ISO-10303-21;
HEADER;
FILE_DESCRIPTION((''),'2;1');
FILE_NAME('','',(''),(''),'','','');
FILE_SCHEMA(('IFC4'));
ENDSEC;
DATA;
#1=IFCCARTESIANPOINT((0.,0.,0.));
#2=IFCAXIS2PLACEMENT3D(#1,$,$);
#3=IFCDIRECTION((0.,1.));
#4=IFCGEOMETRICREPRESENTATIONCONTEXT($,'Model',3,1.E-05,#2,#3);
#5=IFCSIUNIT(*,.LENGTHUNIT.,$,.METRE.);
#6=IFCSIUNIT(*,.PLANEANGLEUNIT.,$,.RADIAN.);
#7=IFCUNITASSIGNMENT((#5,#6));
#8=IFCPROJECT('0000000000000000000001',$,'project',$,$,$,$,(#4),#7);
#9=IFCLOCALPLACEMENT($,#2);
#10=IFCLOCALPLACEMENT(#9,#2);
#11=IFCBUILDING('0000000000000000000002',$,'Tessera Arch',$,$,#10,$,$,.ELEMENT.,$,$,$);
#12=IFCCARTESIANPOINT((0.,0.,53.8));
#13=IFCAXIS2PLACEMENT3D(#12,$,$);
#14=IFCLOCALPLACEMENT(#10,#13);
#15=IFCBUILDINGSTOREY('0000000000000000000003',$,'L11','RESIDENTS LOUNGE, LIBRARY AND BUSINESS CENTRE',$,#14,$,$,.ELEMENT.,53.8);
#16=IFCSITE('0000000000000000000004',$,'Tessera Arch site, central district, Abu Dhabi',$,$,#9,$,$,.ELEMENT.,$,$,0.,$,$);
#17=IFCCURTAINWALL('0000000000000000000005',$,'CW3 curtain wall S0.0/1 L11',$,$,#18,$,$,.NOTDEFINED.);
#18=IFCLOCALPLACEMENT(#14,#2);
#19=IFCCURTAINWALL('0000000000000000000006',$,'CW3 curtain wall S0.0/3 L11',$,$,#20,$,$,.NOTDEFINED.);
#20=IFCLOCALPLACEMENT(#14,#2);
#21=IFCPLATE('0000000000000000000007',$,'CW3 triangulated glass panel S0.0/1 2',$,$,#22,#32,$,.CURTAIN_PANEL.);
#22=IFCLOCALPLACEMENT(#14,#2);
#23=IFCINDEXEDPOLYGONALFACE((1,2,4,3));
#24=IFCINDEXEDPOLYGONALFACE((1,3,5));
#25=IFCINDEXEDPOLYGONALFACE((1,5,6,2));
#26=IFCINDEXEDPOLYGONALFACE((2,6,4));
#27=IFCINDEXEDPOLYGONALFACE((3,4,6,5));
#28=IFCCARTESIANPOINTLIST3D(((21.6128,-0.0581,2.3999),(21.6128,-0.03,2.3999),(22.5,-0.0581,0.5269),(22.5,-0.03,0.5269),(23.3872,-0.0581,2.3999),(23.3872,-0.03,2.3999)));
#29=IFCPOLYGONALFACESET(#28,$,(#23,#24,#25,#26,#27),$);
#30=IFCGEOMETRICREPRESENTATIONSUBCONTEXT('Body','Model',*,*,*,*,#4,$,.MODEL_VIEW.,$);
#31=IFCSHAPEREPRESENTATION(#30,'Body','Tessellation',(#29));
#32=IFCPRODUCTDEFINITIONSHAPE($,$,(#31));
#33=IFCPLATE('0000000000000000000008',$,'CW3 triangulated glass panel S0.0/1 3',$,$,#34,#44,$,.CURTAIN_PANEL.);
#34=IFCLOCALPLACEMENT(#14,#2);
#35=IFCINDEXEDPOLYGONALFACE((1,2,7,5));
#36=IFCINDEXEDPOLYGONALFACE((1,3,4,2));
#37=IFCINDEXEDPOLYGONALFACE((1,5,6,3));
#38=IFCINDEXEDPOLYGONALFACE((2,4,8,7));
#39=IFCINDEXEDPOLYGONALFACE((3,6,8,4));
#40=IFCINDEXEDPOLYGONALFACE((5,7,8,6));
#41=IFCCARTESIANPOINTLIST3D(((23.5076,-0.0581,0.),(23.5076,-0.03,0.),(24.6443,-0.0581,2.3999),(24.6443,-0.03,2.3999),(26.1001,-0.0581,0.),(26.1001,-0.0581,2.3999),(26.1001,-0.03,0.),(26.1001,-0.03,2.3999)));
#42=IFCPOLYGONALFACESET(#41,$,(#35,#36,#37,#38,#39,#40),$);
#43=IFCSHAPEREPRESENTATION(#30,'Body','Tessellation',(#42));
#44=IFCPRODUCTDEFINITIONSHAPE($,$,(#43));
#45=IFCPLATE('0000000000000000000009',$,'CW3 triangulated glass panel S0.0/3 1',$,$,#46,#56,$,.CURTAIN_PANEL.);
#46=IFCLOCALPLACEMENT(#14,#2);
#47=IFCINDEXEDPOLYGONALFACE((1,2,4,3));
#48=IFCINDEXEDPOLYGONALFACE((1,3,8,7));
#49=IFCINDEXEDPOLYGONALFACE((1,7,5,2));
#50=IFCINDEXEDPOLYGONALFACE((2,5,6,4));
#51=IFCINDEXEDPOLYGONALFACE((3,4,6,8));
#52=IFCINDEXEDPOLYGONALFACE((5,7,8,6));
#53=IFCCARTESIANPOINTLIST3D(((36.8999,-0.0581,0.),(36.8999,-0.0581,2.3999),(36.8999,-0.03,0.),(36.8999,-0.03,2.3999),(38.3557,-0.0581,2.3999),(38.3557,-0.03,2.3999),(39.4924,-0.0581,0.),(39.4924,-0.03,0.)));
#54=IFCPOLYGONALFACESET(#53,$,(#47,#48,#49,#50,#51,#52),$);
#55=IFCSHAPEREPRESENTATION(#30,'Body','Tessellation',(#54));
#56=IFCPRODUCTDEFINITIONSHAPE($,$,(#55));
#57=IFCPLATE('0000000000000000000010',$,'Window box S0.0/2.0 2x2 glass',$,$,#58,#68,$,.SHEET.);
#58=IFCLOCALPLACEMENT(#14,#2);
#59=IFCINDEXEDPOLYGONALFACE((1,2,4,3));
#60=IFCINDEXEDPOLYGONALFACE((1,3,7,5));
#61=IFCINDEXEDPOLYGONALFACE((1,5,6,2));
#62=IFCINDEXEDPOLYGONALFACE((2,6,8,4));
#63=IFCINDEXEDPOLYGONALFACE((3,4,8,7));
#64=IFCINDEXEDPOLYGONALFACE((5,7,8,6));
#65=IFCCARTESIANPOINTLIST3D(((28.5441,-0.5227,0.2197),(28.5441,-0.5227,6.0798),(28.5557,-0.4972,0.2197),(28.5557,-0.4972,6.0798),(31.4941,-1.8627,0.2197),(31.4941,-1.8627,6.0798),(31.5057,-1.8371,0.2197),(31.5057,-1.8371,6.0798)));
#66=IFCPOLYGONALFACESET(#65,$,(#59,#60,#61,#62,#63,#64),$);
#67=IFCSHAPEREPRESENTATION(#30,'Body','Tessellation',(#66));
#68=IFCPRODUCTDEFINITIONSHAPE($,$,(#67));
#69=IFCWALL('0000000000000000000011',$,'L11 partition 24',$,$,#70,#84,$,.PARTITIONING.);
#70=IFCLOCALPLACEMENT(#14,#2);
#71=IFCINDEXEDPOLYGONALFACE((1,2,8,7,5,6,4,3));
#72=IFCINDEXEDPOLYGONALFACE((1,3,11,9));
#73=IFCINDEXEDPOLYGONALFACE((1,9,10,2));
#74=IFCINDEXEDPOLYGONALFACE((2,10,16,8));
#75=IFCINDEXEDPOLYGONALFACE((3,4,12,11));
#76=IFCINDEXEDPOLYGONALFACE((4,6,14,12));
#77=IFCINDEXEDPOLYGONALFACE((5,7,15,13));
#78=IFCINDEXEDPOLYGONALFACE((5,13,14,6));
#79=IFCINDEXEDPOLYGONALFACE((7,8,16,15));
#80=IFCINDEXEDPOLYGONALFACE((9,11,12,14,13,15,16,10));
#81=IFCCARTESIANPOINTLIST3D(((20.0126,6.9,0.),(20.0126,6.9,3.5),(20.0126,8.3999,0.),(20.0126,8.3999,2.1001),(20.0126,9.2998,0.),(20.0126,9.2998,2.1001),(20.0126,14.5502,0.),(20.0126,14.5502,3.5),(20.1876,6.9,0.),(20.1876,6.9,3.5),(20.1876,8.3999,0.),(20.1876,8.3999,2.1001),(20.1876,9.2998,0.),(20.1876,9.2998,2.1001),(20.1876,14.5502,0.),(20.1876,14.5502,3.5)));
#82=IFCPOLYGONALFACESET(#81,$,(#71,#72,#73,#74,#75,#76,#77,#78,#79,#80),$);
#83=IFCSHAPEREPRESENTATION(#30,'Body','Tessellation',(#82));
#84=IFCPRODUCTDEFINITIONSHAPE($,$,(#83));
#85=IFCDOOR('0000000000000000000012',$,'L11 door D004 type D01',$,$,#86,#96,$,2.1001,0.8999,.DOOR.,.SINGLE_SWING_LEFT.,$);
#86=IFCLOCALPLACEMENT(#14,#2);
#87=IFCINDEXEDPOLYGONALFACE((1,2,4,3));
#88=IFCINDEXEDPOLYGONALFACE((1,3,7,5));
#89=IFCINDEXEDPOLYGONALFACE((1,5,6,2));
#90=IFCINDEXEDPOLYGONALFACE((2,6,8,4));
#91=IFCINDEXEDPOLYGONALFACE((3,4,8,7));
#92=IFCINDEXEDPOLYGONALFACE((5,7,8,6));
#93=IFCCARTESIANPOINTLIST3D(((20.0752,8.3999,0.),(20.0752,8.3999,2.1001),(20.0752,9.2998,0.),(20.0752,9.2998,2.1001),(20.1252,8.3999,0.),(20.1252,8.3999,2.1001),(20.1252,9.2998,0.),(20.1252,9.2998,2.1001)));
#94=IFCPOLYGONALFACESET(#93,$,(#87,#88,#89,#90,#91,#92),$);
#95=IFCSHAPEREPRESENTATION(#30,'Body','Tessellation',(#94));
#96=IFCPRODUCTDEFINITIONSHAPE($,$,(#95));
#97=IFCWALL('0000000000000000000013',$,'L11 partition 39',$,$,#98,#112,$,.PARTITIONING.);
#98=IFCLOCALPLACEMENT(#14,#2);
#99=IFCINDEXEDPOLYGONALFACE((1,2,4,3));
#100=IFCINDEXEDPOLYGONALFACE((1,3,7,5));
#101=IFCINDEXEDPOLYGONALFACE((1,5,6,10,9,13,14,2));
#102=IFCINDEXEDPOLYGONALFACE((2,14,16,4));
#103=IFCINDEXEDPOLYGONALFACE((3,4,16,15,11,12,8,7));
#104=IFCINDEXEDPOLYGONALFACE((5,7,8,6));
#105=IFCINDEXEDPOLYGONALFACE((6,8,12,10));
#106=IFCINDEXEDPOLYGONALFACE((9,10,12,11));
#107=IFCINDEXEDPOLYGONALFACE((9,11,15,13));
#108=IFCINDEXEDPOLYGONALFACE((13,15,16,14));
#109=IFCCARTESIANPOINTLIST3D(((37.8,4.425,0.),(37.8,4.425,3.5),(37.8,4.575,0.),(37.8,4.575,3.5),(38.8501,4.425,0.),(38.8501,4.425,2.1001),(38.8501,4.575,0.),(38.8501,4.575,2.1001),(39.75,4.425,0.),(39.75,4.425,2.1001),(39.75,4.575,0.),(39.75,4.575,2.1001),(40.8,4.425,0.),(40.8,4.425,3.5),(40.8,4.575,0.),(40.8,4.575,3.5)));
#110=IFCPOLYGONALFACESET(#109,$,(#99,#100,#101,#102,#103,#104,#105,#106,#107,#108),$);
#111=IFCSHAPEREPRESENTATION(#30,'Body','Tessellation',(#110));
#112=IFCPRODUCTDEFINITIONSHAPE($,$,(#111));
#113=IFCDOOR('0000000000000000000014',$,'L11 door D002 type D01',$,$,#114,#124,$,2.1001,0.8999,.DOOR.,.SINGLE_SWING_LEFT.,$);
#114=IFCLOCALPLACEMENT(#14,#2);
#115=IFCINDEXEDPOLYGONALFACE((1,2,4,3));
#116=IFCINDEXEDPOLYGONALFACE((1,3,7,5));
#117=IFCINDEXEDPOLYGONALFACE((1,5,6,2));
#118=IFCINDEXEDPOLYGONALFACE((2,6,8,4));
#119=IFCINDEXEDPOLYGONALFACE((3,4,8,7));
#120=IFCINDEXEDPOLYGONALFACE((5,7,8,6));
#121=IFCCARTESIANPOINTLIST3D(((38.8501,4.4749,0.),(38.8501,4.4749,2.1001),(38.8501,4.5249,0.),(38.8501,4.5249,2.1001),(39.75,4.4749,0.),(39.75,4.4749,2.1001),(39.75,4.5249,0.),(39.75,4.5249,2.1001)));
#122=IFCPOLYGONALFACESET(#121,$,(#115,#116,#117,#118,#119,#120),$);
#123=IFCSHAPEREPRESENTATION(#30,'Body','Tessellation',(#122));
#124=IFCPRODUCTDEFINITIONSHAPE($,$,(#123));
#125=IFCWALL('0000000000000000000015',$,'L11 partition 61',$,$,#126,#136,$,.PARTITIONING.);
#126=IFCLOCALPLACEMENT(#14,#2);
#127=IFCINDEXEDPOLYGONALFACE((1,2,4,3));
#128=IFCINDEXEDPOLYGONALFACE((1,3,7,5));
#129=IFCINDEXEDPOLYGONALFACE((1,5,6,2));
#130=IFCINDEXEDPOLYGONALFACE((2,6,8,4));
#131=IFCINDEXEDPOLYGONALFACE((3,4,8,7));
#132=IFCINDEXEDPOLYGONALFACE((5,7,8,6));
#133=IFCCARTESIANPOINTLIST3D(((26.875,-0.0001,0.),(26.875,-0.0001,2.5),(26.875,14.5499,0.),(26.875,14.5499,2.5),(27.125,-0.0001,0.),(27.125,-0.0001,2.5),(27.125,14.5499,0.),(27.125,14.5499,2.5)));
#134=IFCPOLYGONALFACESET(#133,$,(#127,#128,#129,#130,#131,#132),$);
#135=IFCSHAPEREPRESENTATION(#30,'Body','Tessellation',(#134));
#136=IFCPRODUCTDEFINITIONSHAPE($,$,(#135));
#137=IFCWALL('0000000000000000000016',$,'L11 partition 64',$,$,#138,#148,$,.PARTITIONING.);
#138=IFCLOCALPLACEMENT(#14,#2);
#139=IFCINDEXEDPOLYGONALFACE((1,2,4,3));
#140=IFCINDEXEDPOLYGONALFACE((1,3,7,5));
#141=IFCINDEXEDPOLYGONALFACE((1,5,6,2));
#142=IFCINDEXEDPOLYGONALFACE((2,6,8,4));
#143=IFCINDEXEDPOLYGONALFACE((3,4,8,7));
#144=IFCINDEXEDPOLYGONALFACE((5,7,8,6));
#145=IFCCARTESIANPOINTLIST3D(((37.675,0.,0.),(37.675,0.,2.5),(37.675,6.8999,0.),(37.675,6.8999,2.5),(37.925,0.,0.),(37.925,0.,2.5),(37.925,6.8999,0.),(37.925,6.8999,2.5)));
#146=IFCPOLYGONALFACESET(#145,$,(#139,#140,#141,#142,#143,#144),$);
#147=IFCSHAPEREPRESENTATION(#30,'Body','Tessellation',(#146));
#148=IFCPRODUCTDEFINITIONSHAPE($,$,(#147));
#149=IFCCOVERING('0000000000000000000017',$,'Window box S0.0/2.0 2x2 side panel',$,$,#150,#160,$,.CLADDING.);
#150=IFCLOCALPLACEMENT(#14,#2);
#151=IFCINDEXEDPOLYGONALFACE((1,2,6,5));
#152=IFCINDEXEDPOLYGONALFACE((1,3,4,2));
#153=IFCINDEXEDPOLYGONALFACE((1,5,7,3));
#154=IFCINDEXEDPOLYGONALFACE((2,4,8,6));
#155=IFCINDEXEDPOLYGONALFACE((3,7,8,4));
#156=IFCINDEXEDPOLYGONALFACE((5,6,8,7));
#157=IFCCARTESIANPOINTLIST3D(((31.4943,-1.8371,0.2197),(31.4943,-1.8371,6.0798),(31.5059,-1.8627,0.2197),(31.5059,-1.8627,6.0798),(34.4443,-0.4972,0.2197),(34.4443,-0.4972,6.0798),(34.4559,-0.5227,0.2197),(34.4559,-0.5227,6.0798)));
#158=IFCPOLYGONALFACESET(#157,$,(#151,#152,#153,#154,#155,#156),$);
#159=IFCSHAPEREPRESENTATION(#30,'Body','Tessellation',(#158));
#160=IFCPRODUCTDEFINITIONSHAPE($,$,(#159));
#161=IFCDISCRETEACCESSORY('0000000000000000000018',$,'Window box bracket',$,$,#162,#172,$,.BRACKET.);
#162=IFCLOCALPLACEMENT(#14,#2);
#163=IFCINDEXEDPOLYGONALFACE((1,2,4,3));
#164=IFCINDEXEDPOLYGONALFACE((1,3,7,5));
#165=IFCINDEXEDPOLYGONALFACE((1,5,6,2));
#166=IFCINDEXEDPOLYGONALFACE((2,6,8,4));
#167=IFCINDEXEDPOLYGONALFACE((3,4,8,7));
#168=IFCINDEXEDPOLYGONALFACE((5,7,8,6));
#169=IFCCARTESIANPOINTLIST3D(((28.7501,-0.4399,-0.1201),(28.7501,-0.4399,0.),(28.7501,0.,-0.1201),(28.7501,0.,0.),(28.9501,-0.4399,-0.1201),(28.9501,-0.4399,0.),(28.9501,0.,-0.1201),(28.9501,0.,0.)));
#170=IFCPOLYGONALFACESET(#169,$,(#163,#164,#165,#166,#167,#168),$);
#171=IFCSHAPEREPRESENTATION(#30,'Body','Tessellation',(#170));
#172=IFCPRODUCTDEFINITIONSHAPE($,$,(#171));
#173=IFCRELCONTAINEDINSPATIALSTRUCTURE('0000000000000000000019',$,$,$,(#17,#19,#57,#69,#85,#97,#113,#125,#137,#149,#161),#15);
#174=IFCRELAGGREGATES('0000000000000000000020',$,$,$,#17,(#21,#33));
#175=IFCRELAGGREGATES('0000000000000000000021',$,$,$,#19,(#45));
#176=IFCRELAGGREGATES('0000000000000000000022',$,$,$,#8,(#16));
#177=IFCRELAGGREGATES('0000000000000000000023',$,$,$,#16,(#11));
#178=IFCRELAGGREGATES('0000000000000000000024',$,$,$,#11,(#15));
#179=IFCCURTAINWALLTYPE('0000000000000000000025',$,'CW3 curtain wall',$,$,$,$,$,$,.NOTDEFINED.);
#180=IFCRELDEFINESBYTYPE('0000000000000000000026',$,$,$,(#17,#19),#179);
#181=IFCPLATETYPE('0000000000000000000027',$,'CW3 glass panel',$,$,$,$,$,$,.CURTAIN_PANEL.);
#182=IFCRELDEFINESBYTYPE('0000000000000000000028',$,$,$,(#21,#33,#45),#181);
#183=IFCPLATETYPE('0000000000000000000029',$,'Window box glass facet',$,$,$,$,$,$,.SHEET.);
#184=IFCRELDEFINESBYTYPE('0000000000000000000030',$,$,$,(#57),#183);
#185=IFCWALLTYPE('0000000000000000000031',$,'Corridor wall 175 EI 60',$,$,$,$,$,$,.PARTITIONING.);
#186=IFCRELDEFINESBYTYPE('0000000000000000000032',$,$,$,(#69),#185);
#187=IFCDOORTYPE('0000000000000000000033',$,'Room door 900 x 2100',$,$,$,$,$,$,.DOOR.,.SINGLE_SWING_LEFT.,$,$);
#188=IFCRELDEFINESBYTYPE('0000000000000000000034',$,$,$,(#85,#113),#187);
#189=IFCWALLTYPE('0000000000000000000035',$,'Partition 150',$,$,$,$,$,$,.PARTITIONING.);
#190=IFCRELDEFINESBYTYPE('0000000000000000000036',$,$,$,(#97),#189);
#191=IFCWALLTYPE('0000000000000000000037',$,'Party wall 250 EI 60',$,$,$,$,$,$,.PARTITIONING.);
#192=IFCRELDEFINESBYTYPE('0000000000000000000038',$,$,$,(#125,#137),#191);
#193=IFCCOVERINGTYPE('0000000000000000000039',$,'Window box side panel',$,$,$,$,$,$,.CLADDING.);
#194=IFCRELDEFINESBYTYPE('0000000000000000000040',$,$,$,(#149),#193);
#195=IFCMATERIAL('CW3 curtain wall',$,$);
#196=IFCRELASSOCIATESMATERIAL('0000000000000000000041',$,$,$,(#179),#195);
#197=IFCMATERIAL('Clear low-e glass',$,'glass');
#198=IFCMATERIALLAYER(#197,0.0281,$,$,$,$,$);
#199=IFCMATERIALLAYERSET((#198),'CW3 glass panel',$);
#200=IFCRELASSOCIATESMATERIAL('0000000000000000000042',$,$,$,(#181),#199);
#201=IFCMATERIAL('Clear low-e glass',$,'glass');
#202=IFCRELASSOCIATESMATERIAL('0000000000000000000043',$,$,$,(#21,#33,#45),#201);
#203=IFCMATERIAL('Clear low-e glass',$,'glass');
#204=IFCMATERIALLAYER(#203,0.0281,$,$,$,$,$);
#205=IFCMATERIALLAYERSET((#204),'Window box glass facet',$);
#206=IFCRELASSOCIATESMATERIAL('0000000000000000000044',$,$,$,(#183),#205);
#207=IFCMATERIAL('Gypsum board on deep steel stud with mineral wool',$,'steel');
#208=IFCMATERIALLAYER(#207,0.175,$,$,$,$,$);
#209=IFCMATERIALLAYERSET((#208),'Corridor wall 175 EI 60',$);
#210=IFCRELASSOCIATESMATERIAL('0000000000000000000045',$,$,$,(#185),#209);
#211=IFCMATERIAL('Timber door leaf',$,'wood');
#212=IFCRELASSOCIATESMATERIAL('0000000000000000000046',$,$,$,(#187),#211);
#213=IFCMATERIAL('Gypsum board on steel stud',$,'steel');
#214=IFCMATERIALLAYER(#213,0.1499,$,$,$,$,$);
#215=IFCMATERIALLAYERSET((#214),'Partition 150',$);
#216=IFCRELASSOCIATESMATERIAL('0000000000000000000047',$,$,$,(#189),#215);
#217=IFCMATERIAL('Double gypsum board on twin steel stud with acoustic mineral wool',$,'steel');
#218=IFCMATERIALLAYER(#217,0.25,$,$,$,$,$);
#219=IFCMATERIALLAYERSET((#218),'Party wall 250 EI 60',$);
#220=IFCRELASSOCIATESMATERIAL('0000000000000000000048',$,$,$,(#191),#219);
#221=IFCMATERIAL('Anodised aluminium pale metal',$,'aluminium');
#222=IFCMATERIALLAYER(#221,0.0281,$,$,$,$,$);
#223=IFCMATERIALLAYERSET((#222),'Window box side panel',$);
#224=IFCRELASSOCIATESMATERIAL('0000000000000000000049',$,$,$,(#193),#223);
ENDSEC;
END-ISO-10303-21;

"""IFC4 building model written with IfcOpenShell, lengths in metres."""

from ifc_helpers import new_model, si_unit, direction, frame, frame_2d, origin, origin_2d, place, context, subcontext, project, spatial, polyline, rectangle, outline, extrude, material, layer, layer_set, type_object, element, fill, aggregate, save


model = new_model("IFC4")

# Units and contexts
model_context = context("Model", 3, precision=1e-05, world=origin(), true_north=direction((0.0, 1.0)))
body_context = subcontext(model_context, "Body", "Model", "MODEL_VIEW")
ifc_project = project(units=[si_unit("LENGTHUNIT", "METRE"), si_unit("PLANEANGLEUNIT", "RADIAN")], contexts=[model_context])

# Site, building, storey
site_placement = place(None, origin())
site = spatial("IfcSite", under=ifc_project, at=site_placement, Name="Tessera Arch site, central district, Abu Dhabi", CompositionType="ELEMENT", RefElevation=0.0)
building_placement = place(site_placement, origin())
building = spatial("IfcBuilding", under=site, at=building_placement, Name="Tessera Arch", CompositionType="ELEMENT")
storey_placement = place(building_placement, frame((0.0, 0.0, 53.8)))
storey = spatial("IfcBuildingStorey", under=building, at=storey_placement, Name="L11", Description="RESIDENTS LOUNGE, LIBRARY AND BUSINESS CENTRE", CompositionType="ELEMENT", Elevation=53.8)

# Curtain walls
ifc_material_1 = material(Name="CW3 curtain wall")
curtain_wall_type_1 = type_object("IfcCurtainWallType", Name="CW3 curtain wall", PredefinedType="NOTDEFINED", material=ifc_material_1)
curtain_wall_1_placement = place(storey_placement, origin())
curtain_wall_1 = element("IfcCurtainWall", 1, at=curtain_wall_1_placement, inside=storey, type_object=curtain_wall_type_1, Name="CW3 curtain wall S0.0/1 L11", PredefinedType="NOTDEFINED")
curtain_wall_2_placement = place(storey_placement, origin())
curtain_wall_2 = element("IfcCurtainWall", 2, at=curtain_wall_2_placement, inside=storey, type_object=curtain_wall_type_1, Name="CW3 curtain wall S0.0/3 L11", PredefinedType="NOTDEFINED")

# Plates
ifc_material_2 = material(Name="Clear low-e glass", Category="glass")
ifc_material_3 = material(Name="Clear low-e glass", Category="glass")
ifc_layer_1 = layer(ifc_material_3, 0.0281)
ifc_layer_set_1 = layer_set([ifc_layer_1], Name="CW3 glass panel")
plate_type_1 = type_object("IfcPlateType", Name="CW3 glass panel", PredefinedType="CURTAIN_PANEL", material=ifc_layer_set_1)
plate_1_placement = place(storey_placement, frame((23.3872, -0.0581, 2.3999), z_axis=(0.0, -1.0, 0.0), x_axis=(-1.0, 0.0, 0.0)))
plate_1 = element("IfcPlate", 3, at=plate_1_placement, type_object=plate_type_1, material=ifc_material_2, Name="CW3 triangulated glass panel S0.0/1 2", PredefinedType="CURTAIN_PANEL", context=body_context, shape_type="SweptSolid", body=[
    extrude(outline(polyline([(0.0, 0.0), (1.7744, 0.0), (0.8872, 1.873), (0.0, 0.0)])), origin(), (0.0, 0.0, -1.0), 0.0281),
])
plate_2_placement = place(storey_placement, frame((26.1001, -0.0581, 2.3999), z_axis=(0.0, -1.0, 0.0), x_axis=(-1.0, 0.0, 0.0)))
plate_2 = element("IfcPlate", 4, at=plate_2_placement, type_object=plate_type_1, material=ifc_material_2, Name="CW3 triangulated glass panel S0.0/1 3", PredefinedType="CURTAIN_PANEL", context=body_context, shape_type="SweptSolid", body=[
    extrude(outline(polyline([(0.0, 0.0), (1.4558, 0.0), (2.5925, 2.3999), (0.0, 2.3999), (0.0, 0.0)])), origin(), (0.0, 0.0, -1.0), 0.0281),
])
aggregate(curtain_wall_1, [plate_1, plate_2])
plate_3_placement = place(storey_placement, frame((36.8999, -0.0581, 0.0), z_axis=(0.0, -1.0, 0.0), x_axis=(1.0, 0.0, 0.0)))
plate_3 = element("IfcPlate", 5, at=plate_3_placement, type_object=plate_type_1, material=ifc_material_2, Name="CW3 triangulated glass panel S0.0/3 1", PredefinedType="CURTAIN_PANEL", context=body_context, shape_type="SweptSolid", body=[
    extrude(outline(polyline([(0.0, 0.0), (2.5925, 0.0), (1.4558, 2.3999), (0.0, 2.3999), (0.0, 0.0)])), origin(), (0.0, 0.0, -1.0), 0.0281),
])
aggregate(curtain_wall_2, [plate_3])
ifc_material_4 = material(Name="Clear low-e glass", Category="glass")
ifc_layer_2 = layer(ifc_material_4, 0.0281)
ifc_layer_set_2 = layer_set([ifc_layer_2], Name="Window box glass facet")
plate_type_2 = type_object("IfcPlateType", Name="Window box glass facet", PredefinedType="SHEET", material=ifc_layer_set_2)
plate_4_placement = place(storey_placement, frame((30.0249, -1.1799, 0.2197), z_axis=(0.0, 0.0, 1.0), x_axis=(0.910472, -0.41357, 0.0)))
element("IfcPlate", 6, at=plate_4_placement, inside=storey, type_object=plate_type_2, Name="Window box S0.0/2.0 2x2 glass", PredefinedType="SHEET", context=body_context, shape_type="SweptSolid", body=[
    extrude(rectangle(XDim=3.24, YDim=0.0281, at=origin_2d()), origin(), (0.0, 0.0, 1.0), 5.8601),
])

# Walls, openings, doors
ifc_material_5 = material(Name="Gypsum board on deep steel stud with mineral wool", Category="steel")
ifc_layer_3 = layer(ifc_material_5, 0.175)
ifc_layer_set_3 = layer_set([ifc_layer_3], Name="Corridor wall 175 EI 60")
wall_type_1 = type_object("IfcWallType", Name="Corridor wall 175 EI 60", PredefinedType="PARTITIONING", material=ifc_layer_set_3)
wall_1_placement = place(storey_placement, frame((20.1001, 6.8999, 0.0), z_axis=(0.0, 0.0, 1.0), x_axis=(0.0, 1.0, 0.0)))
wall_1 = element("IfcWall", 7, at=wall_1_placement, inside=storey, type_object=wall_type_1, Name="L11 partition 24", PredefinedType="PARTITIONING", context=body_context, shape_type="SweptSolid", body=[
    extrude(rectangle(XDim=7.6501, YDim=0.175, at=frame_2d((3.8252, 0.0))), origin(), (0.0, 0.0, 1.0), 3.5),
])
opening_1_placement = place(wall_1_placement, frame((1.5, 0.0, 0.0)))
opening_1 = element("IfcOpeningElement", 8, at=opening_1_placement, cuts=wall_1, PredefinedType="OPENING", context=body_context, shape_type="SweptSolid", body=[
    extrude(rectangle(XDim=0.8999, YDim=2.1001, at=frame_2d((0.45, 1.05))), frame((0.0, 0.0974, 0.0), z_axis=(0.0, -1.0, 0.0), x_axis=(1.0, 0.0, 0.0)), (0.0, 0.0, 1.0), 0.1951),
])
ifc_material_6 = material(Name="Timber door leaf", Category="wood")
door_type = type_object("IfcDoorType", Name="Room door 900 x 2100", OperationType="SINGLE_SWING_LEFT", PredefinedType="DOOR", material=ifc_material_6)
door_1_placement = place(opening_1_placement, origin())
door_1 = element("IfcDoor", 9, at=door_1_placement, inside=storey, type_object=door_type, Name="L11 door D004 type D01", OperationType="SINGLE_SWING_LEFT", OverallHeight=2.1001, OverallWidth=0.8999, PredefinedType="DOOR", context=body_context, shape_type="SweptSolid", body=[
    extrude(rectangle(XDim=0.8999, YDim=2.1001, at=frame_2d((0.45, 1.05))), frame((0.0, 0.0249, 0.0), z_axis=(0.0, -1.0, 0.0), x_axis=(1.0, 0.0, 0.0)), (0.0, 0.0, 1.0), 0.05),
])
fill(opening_1, door_1)
ifc_material_7 = material(Name="Gypsum board on steel stud", Category="steel")
ifc_layer_4 = layer(ifc_material_7, 0.1499)
ifc_layer_set_4 = layer_set([ifc_layer_4], Name="Partition 150")
wall_type_2 = type_object("IfcWallType", Name="Partition 150", PredefinedType="PARTITIONING", material=ifc_layer_set_4)
wall_2_placement = place(storey_placement, frame((37.8, 4.5, 0.0), z_axis=(0.0, 0.0, 1.0), x_axis=(1.0, 0.0, 0.0)))
wall_2 = element("IfcWall", 10, at=wall_2_placement, inside=storey, type_object=wall_type_2, Name="L11 partition 39", PredefinedType="PARTITIONING", context=body_context, shape_type="SweptSolid", body=[
    extrude(rectangle(XDim=3.0, YDim=0.1499, at=frame_2d((1.5, 0.0))), origin(), (0.0, 0.0, 1.0), 3.5),
])
opening_2_placement = place(wall_2_placement, frame((1.05, 0.0, 0.0)))
opening_2 = element("IfcOpeningElement", 11, at=opening_2_placement, cuts=wall_2, PredefinedType="OPENING", context=body_context, shape_type="SweptSolid", body=[
    extrude(rectangle(XDim=0.8999, YDim=2.1001, at=frame_2d((0.45, 1.05))), frame((0.0, 0.085, 0.0), z_axis=(0.0, -1.0, 0.0), x_axis=(1.0, 0.0, 0.0)), (0.0, 0.0, 1.0), 0.1699),
])
door_2_placement = place(opening_2_placement, origin())
door_2 = element("IfcDoor", 12, at=door_2_placement, inside=storey, type_object=door_type, Name="L11 door D002 type D01", OperationType="SINGLE_SWING_LEFT", OverallHeight=2.1001, OverallWidth=0.8999, PredefinedType="DOOR", context=body_context, shape_type="SweptSolid", body=[
    extrude(rectangle(XDim=0.8999, YDim=2.1001, at=frame_2d((0.45, 1.05))), frame((0.0, 0.0249, 0.0), z_axis=(0.0, -1.0, 0.0), x_axis=(1.0, 0.0, 0.0)), (0.0, 0.0, 1.0), 0.05),
])
fill(opening_2, door_2)

# Walls
ifc_material_8 = material(Name="Double gypsum board on twin steel stud with acoustic mineral wool", Category="steel")
ifc_layer_5 = layer(ifc_material_8, 0.25)
ifc_layer_set_5 = layer_set([ifc_layer_5], Name="Party wall 250 EI 60")
wall_type_3 = type_object("IfcWallType", Name="Party wall 250 EI 60", PredefinedType="PARTITIONING", material=ifc_layer_set_5)
wall_3_placement = place(storey_placement, frame((27.0, 0.0, 0.0), z_axis=(0.0, 0.0, 1.0), x_axis=(0.0, 1.0, 0.0)))
element("IfcWall", 13, at=wall_3_placement, inside=storey, type_object=wall_type_3, Name="L11 partition 61", PredefinedType="PARTITIONING", context=body_context, shape_type="SweptSolid", body=[
    extrude(rectangle(XDim=14.55, YDim=0.25, at=frame_2d((7.2749, 0.0))), origin(), (0.0, 0.0, 1.0), 2.5),
])
wall_4_placement = place(storey_placement, frame((37.8, 0.0, 0.0), z_axis=(0.0, 0.0, 1.0), x_axis=(0.0, 1.0, 0.0)))
element("IfcWall", 14, at=wall_4_placement, inside=storey, type_object=wall_type_3, Name="L11 partition 64", PredefinedType="PARTITIONING", context=body_context, shape_type="SweptSolid", body=[
    extrude(rectangle(XDim=6.8999, YDim=0.25, at=frame_2d((3.45, 0.0))), origin(), (0.0, 0.0, 1.0), 2.5),
])

# Covering
ifc_material_9 = material(Name="Anodised aluminium pale metal", Category="aluminium")
ifc_layer_6 = layer(ifc_material_9, 0.0281)
ifc_layer_set_6 = layer_set([ifc_layer_6], Name="Window box side panel")
covering_type = type_object("IfcCoveringType", Name="Window box side panel", PredefinedType="CLADDING", material=ifc_layer_set_6)
covering_placement = place(storey_placement, frame((32.9751, -1.1799, 0.2197), z_axis=(0.0, 0.0, 1.0), x_axis=(-0.910472, -0.41357, 0.0)))
element("IfcCovering", 15, at=covering_placement, inside=storey, type_object=covering_type, Name="Window box S0.0/2.0 2x2 side panel", PredefinedType="CLADDING", context=body_context, shape_type="SweptSolid", body=[
    extrude(rectangle(XDim=3.24, YDim=0.0281, at=origin_2d()), origin(), (0.0, 0.0, 1.0), 5.8601),
])

# Discrete accessory
for number, where, z_axis, x_axis, name in (
    (16, (28.8501, -0.22, -0.1201), (0.0, 0.0, 1.0), (0.0, -1.0, 0.0), "Window box bracket"),
):
    element("IfcDiscreteAccessory", number, at=place(storey_placement, frame(where, z_axis=z_axis, x_axis=x_axis)), inside=storey, Name=name, PredefinedType="BRACKET", context=body_context, shape_type="SweptSolid", body=[
        extrude(rectangle(XDim=0.4399, YDim=0.2, at=origin_2d()), origin(), (0.0, 0.0, 1.0), 0.1201),
    ])

save(model, "model.ifc")
